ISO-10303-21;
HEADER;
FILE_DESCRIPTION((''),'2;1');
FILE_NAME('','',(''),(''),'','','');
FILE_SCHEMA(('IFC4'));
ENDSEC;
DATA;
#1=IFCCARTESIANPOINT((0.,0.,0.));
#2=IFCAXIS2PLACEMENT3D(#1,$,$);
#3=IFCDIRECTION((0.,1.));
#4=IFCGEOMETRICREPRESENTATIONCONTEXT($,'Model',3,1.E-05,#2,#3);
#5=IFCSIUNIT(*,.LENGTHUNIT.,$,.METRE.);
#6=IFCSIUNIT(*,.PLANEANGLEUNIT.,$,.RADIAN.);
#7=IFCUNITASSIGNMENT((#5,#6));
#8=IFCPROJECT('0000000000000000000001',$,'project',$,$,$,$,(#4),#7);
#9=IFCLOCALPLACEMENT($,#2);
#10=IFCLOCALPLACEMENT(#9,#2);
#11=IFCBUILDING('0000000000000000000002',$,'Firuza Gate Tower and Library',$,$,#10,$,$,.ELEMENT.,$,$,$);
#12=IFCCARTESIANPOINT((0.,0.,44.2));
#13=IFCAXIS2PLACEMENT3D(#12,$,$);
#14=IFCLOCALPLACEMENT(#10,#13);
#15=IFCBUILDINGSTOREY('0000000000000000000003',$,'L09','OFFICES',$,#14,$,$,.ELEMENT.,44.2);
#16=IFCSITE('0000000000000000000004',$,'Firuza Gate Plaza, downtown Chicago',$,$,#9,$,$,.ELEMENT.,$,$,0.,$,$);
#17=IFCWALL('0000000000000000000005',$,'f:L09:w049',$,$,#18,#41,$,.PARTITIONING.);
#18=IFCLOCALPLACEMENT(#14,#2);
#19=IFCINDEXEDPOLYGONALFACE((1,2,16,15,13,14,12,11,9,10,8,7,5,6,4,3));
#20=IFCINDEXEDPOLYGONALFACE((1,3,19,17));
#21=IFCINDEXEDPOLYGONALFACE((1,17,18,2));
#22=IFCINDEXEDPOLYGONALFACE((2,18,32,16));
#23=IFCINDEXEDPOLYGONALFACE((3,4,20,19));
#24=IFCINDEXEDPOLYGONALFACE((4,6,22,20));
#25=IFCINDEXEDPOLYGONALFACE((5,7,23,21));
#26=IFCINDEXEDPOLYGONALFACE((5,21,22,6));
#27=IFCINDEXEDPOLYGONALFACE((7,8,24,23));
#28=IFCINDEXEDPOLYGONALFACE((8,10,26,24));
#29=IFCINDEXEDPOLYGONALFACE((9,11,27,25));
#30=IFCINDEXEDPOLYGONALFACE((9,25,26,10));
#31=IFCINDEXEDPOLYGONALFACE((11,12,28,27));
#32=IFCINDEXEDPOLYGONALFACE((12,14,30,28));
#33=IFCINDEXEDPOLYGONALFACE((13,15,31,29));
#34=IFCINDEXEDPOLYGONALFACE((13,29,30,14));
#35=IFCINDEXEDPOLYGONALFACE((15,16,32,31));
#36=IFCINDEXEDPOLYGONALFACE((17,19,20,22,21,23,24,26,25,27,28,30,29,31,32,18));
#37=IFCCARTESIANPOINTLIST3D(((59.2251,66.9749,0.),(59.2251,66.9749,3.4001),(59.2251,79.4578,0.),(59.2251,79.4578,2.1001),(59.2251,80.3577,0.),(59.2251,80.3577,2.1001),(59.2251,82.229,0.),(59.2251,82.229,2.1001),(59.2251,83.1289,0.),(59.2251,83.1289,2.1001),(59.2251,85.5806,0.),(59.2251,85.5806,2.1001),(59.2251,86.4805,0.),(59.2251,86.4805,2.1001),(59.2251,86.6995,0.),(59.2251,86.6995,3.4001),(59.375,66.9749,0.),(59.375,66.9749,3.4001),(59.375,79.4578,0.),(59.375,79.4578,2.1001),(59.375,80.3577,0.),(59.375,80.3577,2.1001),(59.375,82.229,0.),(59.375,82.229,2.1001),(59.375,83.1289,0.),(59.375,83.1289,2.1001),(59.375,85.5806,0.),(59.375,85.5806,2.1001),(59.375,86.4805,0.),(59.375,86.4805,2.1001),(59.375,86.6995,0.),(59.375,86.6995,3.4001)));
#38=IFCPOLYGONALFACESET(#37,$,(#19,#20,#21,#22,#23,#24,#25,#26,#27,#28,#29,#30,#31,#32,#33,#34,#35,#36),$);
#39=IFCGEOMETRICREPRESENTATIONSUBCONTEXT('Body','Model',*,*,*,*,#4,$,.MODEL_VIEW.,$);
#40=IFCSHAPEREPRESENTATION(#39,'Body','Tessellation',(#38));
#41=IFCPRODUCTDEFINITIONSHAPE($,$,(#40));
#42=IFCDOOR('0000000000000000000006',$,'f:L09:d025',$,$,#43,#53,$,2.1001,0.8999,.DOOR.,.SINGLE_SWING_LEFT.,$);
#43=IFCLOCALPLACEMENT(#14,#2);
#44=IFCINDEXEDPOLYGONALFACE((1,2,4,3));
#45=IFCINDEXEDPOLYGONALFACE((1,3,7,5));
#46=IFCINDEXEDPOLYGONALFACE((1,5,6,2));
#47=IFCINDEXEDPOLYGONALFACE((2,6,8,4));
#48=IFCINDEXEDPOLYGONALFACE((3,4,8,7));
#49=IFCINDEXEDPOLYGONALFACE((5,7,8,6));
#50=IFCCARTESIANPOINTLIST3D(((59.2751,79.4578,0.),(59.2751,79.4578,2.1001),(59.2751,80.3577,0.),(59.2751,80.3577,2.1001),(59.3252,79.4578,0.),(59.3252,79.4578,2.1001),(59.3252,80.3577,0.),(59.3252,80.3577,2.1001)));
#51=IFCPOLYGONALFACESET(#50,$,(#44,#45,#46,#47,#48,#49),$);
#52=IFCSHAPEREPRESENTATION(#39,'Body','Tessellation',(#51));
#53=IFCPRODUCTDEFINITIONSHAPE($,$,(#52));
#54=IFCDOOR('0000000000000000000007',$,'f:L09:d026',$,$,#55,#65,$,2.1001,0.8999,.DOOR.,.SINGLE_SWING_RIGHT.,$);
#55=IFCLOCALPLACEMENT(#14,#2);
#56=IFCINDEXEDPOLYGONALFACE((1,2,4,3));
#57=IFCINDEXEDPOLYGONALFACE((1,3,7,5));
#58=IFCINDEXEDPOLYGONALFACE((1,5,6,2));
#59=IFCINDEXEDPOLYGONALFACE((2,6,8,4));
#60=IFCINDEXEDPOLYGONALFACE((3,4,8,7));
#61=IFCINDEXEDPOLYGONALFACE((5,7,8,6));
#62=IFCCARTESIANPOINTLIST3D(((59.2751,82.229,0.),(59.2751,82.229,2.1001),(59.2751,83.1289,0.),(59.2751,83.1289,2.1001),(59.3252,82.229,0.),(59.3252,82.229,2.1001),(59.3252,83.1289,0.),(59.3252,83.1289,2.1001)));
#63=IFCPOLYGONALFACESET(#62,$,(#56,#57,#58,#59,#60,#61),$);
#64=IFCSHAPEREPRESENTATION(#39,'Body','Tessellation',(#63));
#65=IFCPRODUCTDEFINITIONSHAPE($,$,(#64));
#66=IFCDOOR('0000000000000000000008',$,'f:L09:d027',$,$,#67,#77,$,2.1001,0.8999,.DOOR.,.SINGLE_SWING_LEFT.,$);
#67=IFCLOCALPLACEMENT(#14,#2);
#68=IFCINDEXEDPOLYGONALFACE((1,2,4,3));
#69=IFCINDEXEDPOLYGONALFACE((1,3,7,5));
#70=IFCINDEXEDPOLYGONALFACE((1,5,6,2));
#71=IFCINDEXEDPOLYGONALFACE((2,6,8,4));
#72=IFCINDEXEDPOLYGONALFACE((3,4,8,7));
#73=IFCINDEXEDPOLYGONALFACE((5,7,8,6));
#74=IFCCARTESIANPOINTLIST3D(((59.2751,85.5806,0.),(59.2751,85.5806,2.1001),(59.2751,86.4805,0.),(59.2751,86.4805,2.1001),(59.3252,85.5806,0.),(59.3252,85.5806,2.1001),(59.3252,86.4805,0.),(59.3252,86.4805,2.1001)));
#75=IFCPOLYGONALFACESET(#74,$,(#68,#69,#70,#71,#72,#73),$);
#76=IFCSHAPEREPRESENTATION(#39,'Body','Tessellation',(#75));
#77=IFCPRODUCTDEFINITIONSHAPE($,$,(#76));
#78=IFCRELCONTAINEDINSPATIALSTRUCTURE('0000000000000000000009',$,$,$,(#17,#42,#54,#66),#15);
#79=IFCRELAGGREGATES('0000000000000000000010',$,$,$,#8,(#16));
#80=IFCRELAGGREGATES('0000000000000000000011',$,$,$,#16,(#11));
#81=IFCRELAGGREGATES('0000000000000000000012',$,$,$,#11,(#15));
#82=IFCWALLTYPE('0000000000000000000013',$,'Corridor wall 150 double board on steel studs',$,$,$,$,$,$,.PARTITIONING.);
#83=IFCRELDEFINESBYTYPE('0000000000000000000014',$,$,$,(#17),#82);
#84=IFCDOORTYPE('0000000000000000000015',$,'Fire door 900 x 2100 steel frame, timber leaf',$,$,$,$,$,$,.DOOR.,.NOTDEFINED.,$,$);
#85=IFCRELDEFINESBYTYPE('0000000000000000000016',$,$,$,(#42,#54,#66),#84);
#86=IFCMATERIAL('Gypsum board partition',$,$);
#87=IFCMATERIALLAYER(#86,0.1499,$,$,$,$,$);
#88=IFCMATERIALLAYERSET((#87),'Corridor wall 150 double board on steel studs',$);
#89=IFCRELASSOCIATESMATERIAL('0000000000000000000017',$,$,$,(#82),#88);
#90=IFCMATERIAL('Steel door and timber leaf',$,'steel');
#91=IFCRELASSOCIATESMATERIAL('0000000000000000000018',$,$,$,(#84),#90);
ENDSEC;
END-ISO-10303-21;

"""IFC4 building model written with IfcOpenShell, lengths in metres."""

from ifc_helpers import new_model, si_unit, direction, frame, frame_2d, origin, place, context, subcontext, project, spatial, rectangle, extrude, material, layer, layer_set, type_object, element, fill, save


model = new_model("IFC4")

# Units and contexts
model_context = context("Model", 3, precision=1e-05, world=origin(), true_north=direction((0.0, 1.0)))
body_context = subcontext(model_context, "Body", "Model", "MODEL_VIEW")
ifc_project = project(units=[si_unit("LENGTHUNIT", "METRE"), si_unit("PLANEANGLEUNIT", "RADIAN")], contexts=[model_context])

# Site, building, storey
site_placement = place(None, origin())
site = spatial("IfcSite", under=ifc_project, at=site_placement, Name="Firuza Gate Plaza, downtown Chicago", CompositionType="ELEMENT", RefElevation=0.0)
building_placement = place(site_placement, origin())
building = spatial("IfcBuilding", under=site, at=building_placement, Name="Firuza Gate Tower and Library", CompositionType="ELEMENT")
storey_placement = place(building_placement, frame((0.0, 0.0, 44.2)))
storey = spatial("IfcBuildingStorey", under=building, at=storey_placement, Name="L09", Description="OFFICES", CompositionType="ELEMENT", Elevation=44.2)

# Wall, openings, doors
ifc_material_1 = material(Name="Gypsum board partition")
ifc_layer_1 = layer(ifc_material_1, 0.1499)
ifc_layer_set_1 = layer_set([ifc_layer_1], Name="Corridor wall 150 double board on steel studs")
wall_type_1 = type_object("IfcWallType", Name="Corridor wall 150 double board on steel studs", PredefinedType="PARTITIONING", material=ifc_layer_set_1)
wall_1_placement = place(storey_placement, frame((59.3, 66.9749, 0.0), z_axis=(0.0, 0.0, 1.0), x_axis=(0.0, 1.0, 0.0)))
wall_1 = element("IfcWall", 1, at=wall_1_placement, inside=storey, type_object=wall_type_1, Name="f:L09:w049", PredefinedType="PARTITIONING", context=body_context, shape_type="SweptSolid", body=[
    extrude(rectangle(XDim=19.7246, YDim=0.1499, at=frame_2d((9.8623, 0.0))), origin(), (0.0, 0.0, 1.0), 3.4001),
])
opening_1_placement = place(wall_1_placement, frame((12.4829, 0.0, 0.0)))
opening_1 = element("IfcOpeningElement", 2, at=opening_1_placement, cuts=wall_1, PredefinedType="OPENING", context=body_context, shape_type="SweptSolid", body=[
    extrude(rectangle(XDim=0.8999, YDim=2.1001, at=frame_2d((0.45, 1.05))), frame((0.0, 0.085, 0.0), z_axis=(0.0, -1.0, 0.0), x_axis=(1.0, 0.0, 0.0)), (0.0, 0.0, 1.0), 0.1699),
])
opening_2_placement = place(wall_1_placement, frame((15.2542, 0.0, 0.0)))
opening_2 = element("IfcOpeningElement", 3, at=opening_2_placement, cuts=wall_1, PredefinedType="OPENING", context=body_context, shape_type="SweptSolid", body=[
    extrude(rectangle(XDim=0.8999, YDim=2.1001, at=frame_2d((0.45, 1.05))), frame((0.0, 0.085, 0.0), z_axis=(0.0, -1.0, 0.0), x_axis=(1.0, 0.0, 0.0)), (0.0, 0.0, 1.0), 0.1699),
])
opening_3_placement = place(wall_1_placement, frame((18.6057, 0.0, 0.0)))
opening_3 = element("IfcOpeningElement", 4, at=opening_3_placement, cuts=wall_1, PredefinedType="OPENING", context=body_context, shape_type="SweptSolid", body=[
    extrude(rectangle(XDim=0.8999, YDim=2.1001, at=frame_2d((0.45, 1.05))), frame((0.0, 0.085, 0.0), z_axis=(0.0, -1.0, 0.0), x_axis=(1.0, 0.0, 0.0)), (0.0, 0.0, 1.0), 0.1699),
])
ifc_material_2 = material(Name="Steel door and timber leaf", Category="steel")
door_type_1 = type_object("IfcDoorType", Name="Fire door 900 x 2100 steel frame, timber leaf", OperationType="NOTDEFINED", PredefinedType="DOOR", material=ifc_material_2)
door_1_placement = place(opening_1_placement, origin())
door_1 = element("IfcDoor", 5, at=door_1_placement, inside=storey, type_object=door_type_1, Name="f:L09:d025", OperationType="SINGLE_SWING_LEFT", OverallHeight=2.1001, OverallWidth=0.8999, PredefinedType="DOOR", context=body_context, shape_type="SweptSolid", body=[
    extrude(rectangle(XDim=0.8999, YDim=2.1001, at=frame_2d((0.45, 1.05))), frame((0.0, 0.0249, 0.0), z_axis=(0.0, -1.0, 0.0), x_axis=(1.0, 0.0, 0.0)), (0.0, 0.0, 1.0), 0.05),
])
fill(opening_1, door_1)
door_2_placement = place(opening_2_placement, origin())
door_2 = element("IfcDoor", 6, at=door_2_placement, inside=storey, type_object=door_type_1, Name="f:L09:d026", OperationType="SINGLE_SWING_RIGHT", OverallHeight=2.1001, OverallWidth=0.8999, PredefinedType="DOOR", context=body_context, shape_type="SweptSolid", body=[
    extrude(rectangle(XDim=0.8999, YDim=2.1001, at=frame_2d((0.45, 1.05))), frame((0.0, 0.0249, 0.0), z_axis=(0.0, -1.0, 0.0), x_axis=(1.0, 0.0, 0.0)), (0.0, 0.0, 1.0), 0.05),
])
fill(opening_2, door_2)
door_3_placement = place(opening_3_placement, origin())
door_3 = element("IfcDoor", 7, at=door_3_placement, inside=storey, type_object=door_type_1, Name="f:L09:d027", OperationType="SINGLE_SWING_LEFT", OverallHeight=2.1001, OverallWidth=0.8999, PredefinedType="DOOR", context=body_context, shape_type="SweptSolid", body=[
    extrude(rectangle(XDim=0.8999, YDim=2.1001, at=frame_2d((0.45, 1.05))), frame((0.0, 0.0249, 0.0), z_axis=(0.0, -1.0, 0.0), x_axis=(1.0, 0.0, 0.0)), (0.0, 0.0, 1.0), 0.05),
])
fill(opening_3, door_3)

save(model, "model.ifc")
